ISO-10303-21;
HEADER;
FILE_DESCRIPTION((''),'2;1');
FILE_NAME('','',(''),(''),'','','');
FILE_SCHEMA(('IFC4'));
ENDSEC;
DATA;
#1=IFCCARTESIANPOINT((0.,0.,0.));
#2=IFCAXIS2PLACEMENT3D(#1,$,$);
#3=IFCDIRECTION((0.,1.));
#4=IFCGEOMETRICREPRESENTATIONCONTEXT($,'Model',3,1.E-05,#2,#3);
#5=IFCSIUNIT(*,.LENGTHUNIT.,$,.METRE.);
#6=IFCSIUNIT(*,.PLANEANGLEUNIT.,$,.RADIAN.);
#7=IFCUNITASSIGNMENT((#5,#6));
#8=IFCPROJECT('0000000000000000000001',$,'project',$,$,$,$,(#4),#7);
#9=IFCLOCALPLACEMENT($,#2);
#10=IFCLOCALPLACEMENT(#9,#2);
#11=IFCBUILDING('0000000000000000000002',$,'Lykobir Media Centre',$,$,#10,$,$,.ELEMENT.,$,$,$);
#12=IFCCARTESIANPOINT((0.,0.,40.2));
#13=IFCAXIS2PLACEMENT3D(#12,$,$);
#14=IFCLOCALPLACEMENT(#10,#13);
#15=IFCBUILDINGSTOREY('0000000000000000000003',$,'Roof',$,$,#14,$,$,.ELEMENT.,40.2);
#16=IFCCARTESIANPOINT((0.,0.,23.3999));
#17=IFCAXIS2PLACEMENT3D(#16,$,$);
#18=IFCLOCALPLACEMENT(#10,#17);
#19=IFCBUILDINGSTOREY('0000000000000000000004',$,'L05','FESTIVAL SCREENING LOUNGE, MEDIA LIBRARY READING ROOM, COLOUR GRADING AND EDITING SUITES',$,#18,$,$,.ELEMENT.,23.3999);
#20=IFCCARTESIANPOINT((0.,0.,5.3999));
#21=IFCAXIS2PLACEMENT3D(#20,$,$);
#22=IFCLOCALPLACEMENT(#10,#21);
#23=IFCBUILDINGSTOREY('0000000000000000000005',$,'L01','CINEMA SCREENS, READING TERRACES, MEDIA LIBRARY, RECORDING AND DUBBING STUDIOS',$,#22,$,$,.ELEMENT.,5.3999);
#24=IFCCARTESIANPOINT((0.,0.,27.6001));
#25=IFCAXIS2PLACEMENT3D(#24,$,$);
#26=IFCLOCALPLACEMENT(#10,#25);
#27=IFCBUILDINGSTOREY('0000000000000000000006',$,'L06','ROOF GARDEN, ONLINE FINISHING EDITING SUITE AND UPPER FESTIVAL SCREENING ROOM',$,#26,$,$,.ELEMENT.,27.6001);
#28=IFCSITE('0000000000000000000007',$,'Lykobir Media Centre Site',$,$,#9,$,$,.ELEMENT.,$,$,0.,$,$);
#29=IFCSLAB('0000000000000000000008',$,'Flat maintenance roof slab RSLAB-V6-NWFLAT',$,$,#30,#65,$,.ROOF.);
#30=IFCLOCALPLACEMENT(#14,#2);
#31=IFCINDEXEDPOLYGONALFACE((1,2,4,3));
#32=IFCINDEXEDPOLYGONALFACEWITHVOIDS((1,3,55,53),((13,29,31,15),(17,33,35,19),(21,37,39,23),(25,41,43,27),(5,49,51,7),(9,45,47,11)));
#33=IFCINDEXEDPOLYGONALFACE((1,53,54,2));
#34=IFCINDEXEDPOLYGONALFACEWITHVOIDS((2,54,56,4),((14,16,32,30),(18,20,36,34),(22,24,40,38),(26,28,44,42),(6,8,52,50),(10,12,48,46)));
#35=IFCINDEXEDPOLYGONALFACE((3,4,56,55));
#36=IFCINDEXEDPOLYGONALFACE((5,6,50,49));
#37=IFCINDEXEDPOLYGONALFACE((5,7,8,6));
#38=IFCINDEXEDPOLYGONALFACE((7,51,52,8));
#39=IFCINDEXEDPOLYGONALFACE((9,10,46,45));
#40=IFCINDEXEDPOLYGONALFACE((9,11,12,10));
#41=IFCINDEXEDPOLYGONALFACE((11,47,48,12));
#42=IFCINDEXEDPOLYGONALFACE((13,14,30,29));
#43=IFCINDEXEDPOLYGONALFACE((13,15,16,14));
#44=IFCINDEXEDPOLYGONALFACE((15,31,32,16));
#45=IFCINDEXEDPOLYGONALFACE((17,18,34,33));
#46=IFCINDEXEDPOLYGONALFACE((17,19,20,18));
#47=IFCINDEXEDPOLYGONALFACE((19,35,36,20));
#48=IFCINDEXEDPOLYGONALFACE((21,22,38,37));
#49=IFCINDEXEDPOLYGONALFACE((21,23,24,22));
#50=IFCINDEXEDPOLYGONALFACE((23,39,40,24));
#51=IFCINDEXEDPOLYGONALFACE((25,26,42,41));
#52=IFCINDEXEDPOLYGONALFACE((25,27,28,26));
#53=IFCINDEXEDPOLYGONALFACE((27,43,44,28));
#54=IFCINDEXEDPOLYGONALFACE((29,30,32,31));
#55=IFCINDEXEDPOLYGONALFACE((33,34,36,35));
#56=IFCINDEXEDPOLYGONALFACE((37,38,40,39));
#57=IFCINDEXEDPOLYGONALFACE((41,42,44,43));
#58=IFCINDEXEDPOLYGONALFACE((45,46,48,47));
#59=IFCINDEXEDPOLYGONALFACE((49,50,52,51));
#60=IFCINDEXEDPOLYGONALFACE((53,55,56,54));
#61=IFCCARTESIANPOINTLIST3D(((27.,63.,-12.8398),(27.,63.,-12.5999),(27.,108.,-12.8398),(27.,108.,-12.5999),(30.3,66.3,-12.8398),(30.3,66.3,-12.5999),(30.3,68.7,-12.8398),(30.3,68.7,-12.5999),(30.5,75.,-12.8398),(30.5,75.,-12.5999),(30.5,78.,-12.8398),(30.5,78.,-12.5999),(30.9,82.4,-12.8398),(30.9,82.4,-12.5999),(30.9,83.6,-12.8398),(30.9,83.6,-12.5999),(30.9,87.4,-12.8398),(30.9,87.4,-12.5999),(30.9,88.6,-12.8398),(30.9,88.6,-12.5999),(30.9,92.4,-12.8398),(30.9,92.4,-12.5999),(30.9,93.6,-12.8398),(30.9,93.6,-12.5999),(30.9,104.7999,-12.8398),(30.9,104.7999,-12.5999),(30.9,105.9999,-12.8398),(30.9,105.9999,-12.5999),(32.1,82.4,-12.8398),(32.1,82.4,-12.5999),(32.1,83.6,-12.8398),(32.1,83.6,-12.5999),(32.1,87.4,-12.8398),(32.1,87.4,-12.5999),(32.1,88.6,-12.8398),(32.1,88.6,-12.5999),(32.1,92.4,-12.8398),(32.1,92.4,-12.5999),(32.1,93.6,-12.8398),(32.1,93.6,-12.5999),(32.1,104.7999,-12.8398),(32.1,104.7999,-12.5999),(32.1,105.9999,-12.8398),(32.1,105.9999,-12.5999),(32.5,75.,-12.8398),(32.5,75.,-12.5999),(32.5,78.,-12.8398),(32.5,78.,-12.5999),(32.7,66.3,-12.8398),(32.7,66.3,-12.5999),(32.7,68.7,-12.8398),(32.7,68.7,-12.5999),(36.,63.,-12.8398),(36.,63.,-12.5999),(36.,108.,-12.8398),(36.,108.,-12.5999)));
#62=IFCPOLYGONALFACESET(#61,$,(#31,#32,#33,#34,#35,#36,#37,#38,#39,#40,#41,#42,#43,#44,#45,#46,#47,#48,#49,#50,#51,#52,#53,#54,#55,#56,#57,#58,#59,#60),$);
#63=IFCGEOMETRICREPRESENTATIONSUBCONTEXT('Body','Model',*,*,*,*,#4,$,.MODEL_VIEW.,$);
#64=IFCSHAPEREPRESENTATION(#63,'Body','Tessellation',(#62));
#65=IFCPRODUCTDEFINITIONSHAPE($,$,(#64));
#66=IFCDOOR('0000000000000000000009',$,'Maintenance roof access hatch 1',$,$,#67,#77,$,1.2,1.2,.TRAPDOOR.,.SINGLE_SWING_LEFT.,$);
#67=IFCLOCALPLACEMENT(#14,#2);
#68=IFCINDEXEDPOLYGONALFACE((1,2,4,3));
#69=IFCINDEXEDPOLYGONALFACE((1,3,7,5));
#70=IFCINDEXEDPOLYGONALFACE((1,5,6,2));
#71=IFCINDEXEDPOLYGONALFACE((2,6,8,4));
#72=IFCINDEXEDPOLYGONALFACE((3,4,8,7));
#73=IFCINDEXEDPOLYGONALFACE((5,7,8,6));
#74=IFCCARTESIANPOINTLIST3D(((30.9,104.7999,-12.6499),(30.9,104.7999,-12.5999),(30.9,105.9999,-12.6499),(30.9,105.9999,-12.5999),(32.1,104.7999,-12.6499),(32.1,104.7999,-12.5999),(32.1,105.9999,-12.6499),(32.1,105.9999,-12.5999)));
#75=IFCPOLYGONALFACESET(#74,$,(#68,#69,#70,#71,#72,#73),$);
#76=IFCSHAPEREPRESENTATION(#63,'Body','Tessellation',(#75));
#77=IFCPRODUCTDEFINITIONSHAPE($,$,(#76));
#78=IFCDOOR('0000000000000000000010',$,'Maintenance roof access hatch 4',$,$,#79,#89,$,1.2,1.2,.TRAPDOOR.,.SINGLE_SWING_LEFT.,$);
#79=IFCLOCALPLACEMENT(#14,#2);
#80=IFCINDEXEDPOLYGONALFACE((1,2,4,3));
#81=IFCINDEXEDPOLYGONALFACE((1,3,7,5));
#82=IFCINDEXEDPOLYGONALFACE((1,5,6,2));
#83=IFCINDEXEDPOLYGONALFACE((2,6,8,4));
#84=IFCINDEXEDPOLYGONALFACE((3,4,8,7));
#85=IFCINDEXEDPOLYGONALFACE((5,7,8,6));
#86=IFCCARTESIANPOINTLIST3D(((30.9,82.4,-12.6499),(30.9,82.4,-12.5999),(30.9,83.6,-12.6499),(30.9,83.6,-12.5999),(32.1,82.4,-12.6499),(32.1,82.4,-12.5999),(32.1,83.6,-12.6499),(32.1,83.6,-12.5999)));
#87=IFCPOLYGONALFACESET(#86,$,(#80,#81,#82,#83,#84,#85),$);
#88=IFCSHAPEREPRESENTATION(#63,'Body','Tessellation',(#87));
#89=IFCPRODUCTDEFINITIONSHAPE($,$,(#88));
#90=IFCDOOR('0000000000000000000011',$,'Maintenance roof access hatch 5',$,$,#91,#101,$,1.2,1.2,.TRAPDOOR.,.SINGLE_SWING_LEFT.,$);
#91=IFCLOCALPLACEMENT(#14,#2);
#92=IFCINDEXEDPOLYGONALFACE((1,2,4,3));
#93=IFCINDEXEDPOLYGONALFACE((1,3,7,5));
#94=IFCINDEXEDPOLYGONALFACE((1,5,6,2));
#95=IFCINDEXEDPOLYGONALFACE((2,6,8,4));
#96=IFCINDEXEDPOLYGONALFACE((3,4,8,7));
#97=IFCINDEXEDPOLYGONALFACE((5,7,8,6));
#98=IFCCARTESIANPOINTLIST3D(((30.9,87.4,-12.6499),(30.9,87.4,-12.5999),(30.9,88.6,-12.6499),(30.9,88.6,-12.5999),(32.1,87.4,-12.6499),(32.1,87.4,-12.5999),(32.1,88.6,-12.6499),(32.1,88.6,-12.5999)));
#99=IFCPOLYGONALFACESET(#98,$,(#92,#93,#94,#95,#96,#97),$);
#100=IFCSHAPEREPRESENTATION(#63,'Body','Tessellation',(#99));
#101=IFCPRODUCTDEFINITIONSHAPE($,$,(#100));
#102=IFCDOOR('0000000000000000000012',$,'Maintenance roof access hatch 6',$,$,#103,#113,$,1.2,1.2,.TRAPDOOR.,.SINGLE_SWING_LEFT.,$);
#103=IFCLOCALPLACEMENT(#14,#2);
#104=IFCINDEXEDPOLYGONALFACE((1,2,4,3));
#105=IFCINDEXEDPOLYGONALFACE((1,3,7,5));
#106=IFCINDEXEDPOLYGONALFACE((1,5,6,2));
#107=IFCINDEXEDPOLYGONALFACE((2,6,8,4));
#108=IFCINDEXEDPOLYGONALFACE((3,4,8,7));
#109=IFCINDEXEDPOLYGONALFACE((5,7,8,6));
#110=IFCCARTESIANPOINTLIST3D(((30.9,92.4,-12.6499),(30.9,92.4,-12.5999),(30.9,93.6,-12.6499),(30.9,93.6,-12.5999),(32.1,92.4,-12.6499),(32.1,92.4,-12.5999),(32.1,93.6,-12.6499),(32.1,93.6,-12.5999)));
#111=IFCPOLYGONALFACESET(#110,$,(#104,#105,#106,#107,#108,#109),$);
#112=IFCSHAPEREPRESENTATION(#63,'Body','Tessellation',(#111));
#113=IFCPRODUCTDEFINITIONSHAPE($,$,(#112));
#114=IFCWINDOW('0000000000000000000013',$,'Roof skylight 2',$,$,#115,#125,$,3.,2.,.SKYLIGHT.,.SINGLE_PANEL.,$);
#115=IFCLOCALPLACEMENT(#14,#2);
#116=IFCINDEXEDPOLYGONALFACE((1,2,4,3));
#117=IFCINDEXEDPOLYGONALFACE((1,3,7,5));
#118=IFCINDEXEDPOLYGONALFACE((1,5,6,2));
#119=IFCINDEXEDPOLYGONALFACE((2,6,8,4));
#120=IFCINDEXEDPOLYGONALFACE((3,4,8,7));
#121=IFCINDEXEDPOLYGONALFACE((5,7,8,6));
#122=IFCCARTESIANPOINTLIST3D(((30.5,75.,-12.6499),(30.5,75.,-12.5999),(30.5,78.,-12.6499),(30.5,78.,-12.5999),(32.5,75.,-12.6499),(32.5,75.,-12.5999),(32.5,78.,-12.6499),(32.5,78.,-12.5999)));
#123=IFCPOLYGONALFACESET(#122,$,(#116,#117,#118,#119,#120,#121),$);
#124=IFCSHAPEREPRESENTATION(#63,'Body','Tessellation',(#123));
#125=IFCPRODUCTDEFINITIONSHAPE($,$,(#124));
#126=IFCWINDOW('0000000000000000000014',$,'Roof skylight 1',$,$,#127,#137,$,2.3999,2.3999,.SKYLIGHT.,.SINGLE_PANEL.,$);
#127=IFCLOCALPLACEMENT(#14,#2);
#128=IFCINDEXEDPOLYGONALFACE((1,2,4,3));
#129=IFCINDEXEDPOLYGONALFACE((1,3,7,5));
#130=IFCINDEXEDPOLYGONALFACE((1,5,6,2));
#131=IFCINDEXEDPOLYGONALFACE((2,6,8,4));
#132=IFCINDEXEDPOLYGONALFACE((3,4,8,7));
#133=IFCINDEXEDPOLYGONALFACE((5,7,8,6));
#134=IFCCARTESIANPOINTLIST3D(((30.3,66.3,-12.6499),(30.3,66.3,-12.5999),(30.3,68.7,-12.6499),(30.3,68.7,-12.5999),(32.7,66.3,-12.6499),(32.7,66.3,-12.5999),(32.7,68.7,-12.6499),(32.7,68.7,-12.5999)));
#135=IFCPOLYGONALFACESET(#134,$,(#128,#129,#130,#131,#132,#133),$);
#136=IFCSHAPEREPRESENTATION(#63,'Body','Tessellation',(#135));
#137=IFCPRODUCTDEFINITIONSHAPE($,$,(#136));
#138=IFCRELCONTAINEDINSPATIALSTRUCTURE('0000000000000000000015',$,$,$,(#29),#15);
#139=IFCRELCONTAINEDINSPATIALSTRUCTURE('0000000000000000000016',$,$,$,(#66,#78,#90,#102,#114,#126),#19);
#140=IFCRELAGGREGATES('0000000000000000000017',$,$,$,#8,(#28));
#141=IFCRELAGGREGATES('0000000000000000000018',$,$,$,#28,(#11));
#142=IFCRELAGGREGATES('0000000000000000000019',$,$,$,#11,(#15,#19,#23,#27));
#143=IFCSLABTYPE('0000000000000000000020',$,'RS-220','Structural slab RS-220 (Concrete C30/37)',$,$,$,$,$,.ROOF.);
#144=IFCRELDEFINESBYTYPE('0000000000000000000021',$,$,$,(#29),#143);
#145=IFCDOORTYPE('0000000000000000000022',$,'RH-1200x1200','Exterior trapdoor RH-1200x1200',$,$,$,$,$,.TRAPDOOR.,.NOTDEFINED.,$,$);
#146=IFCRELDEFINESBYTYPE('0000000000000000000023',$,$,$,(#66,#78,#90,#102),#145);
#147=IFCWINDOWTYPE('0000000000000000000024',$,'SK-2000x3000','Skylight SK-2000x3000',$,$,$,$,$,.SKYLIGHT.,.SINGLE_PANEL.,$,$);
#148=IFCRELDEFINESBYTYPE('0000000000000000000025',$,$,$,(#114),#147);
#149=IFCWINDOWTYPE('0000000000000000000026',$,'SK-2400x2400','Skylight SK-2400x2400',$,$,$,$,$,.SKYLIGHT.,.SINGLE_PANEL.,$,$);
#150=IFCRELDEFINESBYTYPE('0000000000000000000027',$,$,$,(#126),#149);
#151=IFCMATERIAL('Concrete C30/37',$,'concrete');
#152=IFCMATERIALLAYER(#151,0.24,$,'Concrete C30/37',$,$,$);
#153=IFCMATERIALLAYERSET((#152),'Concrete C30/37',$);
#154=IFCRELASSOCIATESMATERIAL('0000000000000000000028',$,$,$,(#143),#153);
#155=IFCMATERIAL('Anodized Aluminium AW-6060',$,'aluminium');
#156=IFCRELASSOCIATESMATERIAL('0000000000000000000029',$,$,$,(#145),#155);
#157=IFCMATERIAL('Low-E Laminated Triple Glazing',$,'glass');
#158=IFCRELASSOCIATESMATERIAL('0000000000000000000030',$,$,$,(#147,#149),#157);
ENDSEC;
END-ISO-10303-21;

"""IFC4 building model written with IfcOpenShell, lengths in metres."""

from ifc_helpers import new_model, si_unit, direction, frame, origin, origin_2d, place, context, subcontext, project, spatial, polyline, rectangle, outline, extrude, material, layer, layer_set, type_object, element, fill, save


model = new_model("IFC4")

# Units and contexts
model_context = context("Model", 3, precision=1e-05, world=origin(), true_north=direction((0.0, 1.0)))
body_context = subcontext(model_context, "Body", "Model", "MODEL_VIEW")
ifc_project = project(units=[si_unit("LENGTHUNIT", "METRE"), si_unit("PLANEANGLEUNIT", "RADIAN")], contexts=[model_context])

# Site, building, storey
site_placement = place(None, origin())
site = spatial("IfcSite", under=ifc_project, at=site_placement, Name="Lykobir Media Centre Site", CompositionType="ELEMENT", RefElevation=0.0)
building_placement = place(site_placement, origin())
building = spatial("IfcBuilding", under=site, at=building_placement, Name="Lykobir Media Centre", CompositionType="ELEMENT")
storey_1_placement = place(building_placement, frame((0.0, 0.0, 40.2)))
storey_1 = spatial("IfcBuildingStorey", under=building, at=storey_1_placement, Name="Roof", CompositionType="ELEMENT", Elevation=40.2)

# Shared definitions
ifc_material_1 = material(Name="Concrete C30/37", Category="concrete")

# Slab, openings
ifc_layer_1 = layer(ifc_material_1, 0.24, Name="Concrete C30/37")
ifc_layer_set_1 = layer_set([ifc_layer_1], Name="Concrete C30/37")
slab_type_1 = type_object("IfcSlabType", Name="RS-220", Description="Structural slab RS-220 (Concrete C30/37)", PredefinedType="ROOF", material=ifc_layer_set_1)
slab_1_placement = place(storey_1_placement, frame((0.0, 0.0, -12.8398)))
slab_1 = element("IfcSlab", 1, at=slab_1_placement, inside=storey_1, type_object=slab_type_1, Name="Flat maintenance roof slab RSLAB-V6-NWFLAT", PredefinedType="ROOF", context=body_context, shape_type="SweptSolid", body=[
    extrude(outline(polyline([(27.0, 63.0), (36.0, 63.0), (36.0, 108.0), (27.0, 108.0), (27.0, 63.0)])), origin(), (0.0, 0.0, 1.0), 0.24),
])
opening_1_placement = place(slab_1_placement, frame((31.5, 67.5, 0.0)))
opening_1 = element("IfcOpeningElement", 2, at=opening_1_placement, cuts=slab_1, PredefinedType="OPENING", context=body_context, shape_type="SweptSolid", body=[
    extrude(rectangle(XDim=2.3999, YDim=2.3999, at=origin_2d()), origin(), (0.0, 0.0, 1.0), 0.24),
])
opening_2_placement = place(slab_1_placement, frame((31.5, 76.5, 0.0)))
opening_2 = element("IfcOpeningElement", 3, at=opening_2_placement, cuts=slab_1, PredefinedType="OPENING", context=body_context, shape_type="SweptSolid", body=[
    extrude(rectangle(XDim=2.0, YDim=3.0, at=origin_2d()), origin(), (0.0, 0.0, 1.0), 0.24),
])
opening_3_placement = place(slab_1_placement, frame((31.5, 105.3999, 0.0)))
opening_3 = element("IfcOpeningElement", 4, at=opening_3_placement, cuts=slab_1, PredefinedType="OPENING", context=body_context, shape_type="SweptSolid", body=[
    extrude(rectangle(XDim=1.2, YDim=1.2, at=origin_2d()), origin(), (0.0, 0.0, 1.0), 0.24),
])
opening_4_placement = place(slab_1_placement, frame((31.5, 83.0, 0.0)))
opening_4 = element("IfcOpeningElement", 5, at=opening_4_placement, cuts=slab_1, PredefinedType="OPENING", context=body_context, shape_type="SweptSolid", body=[
    extrude(rectangle(XDim=1.2, YDim=1.2, at=origin_2d()), origin(), (0.0, 0.0, 1.0), 0.24),
])
opening_5_placement = place(slab_1_placement, frame((31.5, 88.0, 0.0)))
opening_5 = element("IfcOpeningElement", 6, at=opening_5_placement, cuts=slab_1, PredefinedType="OPENING", context=body_context, shape_type="SweptSolid", body=[
    extrude(rectangle(XDim=1.2, YDim=1.2, at=origin_2d()), origin(), (0.0, 0.0, 1.0), 0.24),
])
opening_6_placement = place(slab_1_placement, frame((31.5, 93.0, 0.0)))
opening_6 = element("IfcOpeningElement", 7, at=opening_6_placement, cuts=slab_1, PredefinedType="OPENING", context=body_context, shape_type="SweptSolid", body=[
    extrude(rectangle(XDim=1.2, YDim=1.2, at=origin_2d()), origin(), (0.0, 0.0, 1.0), 0.24),
])

# Shared definitions
storey_2_placement = place(building_placement, frame((0.0, 0.0, 23.3999)))
storey_2 = spatial("IfcBuildingStorey", under=building, at=storey_2_placement, Name="L05", Description="FESTIVAL SCREENING LOUNGE, MEDIA LIBRARY READING ROOM, COLOUR GRADING AND EDITING SUITES", CompositionType="ELEMENT", Elevation=23.3999)

# Doors
ifc_material_2 = material(Name="Anodized Aluminium AW-6060", Category="aluminium")
door_type_1 = type_object("IfcDoorType", Name="RH-1200x1200", Description="Exterior trapdoor RH-1200x1200", OperationType="NOTDEFINED", PredefinedType="TRAPDOOR", material=ifc_material_2)
door_1_placement = place(opening_3_placement, frame((0.0, 0.0, 0.1899)))
door_1 = element("IfcDoor", 8, at=door_1_placement, inside=storey_2, type_object=door_type_1, Name="Maintenance roof access hatch 1", OperationType="SINGLE_SWING_LEFT", OverallHeight=1.2, OverallWidth=1.2, PredefinedType="TRAPDOOR", context=body_context, shape_type="SweptSolid", body=[
    extrude(rectangle(XDim=1.2, YDim=1.2, at=origin_2d()), origin(), (0.0, 0.0, 1.0), 0.05),
])
fill(opening_3, door_1)
door_2_placement = place(opening_4_placement, frame((0.0, 0.0, 0.1899)))
door_2 = element("IfcDoor", 9, at=door_2_placement, inside=storey_2, type_object=door_type_1, Name="Maintenance roof access hatch 4", OperationType="SINGLE_SWING_LEFT", OverallHeight=1.2, OverallWidth=1.2, PredefinedType="TRAPDOOR", context=body_context, shape_type="SweptSolid", body=[
    extrude(rectangle(XDim=1.2, YDim=1.2, at=origin_2d()), origin(), (0.0, 0.0, 1.0), 0.05),
])
fill(opening_4, door_2)
door_3_placement = place(opening_5_placement, frame((0.0, 0.0, 0.1899)))
door_3 = element("IfcDoor", 10, at=door_3_placement, inside=storey_2, type_object=door_type_1, Name="Maintenance roof access hatch 5", OperationType="SINGLE_SWING_LEFT", OverallHeight=1.2, OverallWidth=1.2, PredefinedType="TRAPDOOR", context=body_context, shape_type="SweptSolid", body=[
    extrude(rectangle(XDim=1.2, YDim=1.2, at=origin_2d()), origin(), (0.0, 0.0, 1.0), 0.05),
])
fill(opening_5, door_3)
door_4_placement = place(opening_6_placement, frame((0.0, 0.0, 0.1899)))
door_4 = element("IfcDoor", 11, at=door_4_placement, inside=storey_2, type_object=door_type_1, Name="Maintenance roof access hatch 6", OperationType="SINGLE_SWING_LEFT", OverallHeight=1.2, OverallWidth=1.2, PredefinedType="TRAPDOOR", context=body_context, shape_type="SweptSolid", body=[
    extrude(rectangle(XDim=1.2, YDim=1.2, at=origin_2d()), origin(), (0.0, 0.0, 1.0), 0.05),
])
fill(opening_6, door_4)

# Windows
ifc_material_3 = material(Name="Low-E Laminated Triple Glazing", Category="glass")
window_type_1 = type_object("IfcWindowType", Name="SK-2000x3000", Description="Skylight SK-2000x3000", PartitioningType="SINGLE_PANEL", PredefinedType="SKYLIGHT", material=ifc_material_3)
window_1_placement = place(opening_2_placement, frame((0.0, 0.0, 0.1899)))
window_1 = element("IfcWindow", 12, at=window_1_placement, inside=storey_2, type_object=window_type_1, Name="Roof skylight 2", OverallHeight=3.0, OverallWidth=2.0, PartitioningType="SINGLE_PANEL", PredefinedType="SKYLIGHT", context=body_context, shape_type="SweptSolid", body=[
    extrude(rectangle(XDim=2.0, YDim=3.0, at=origin_2d()), origin(), (0.0, 0.0, 1.0), 0.05),
])
fill(opening_2, window_1)
window_type_2 = type_object("IfcWindowType", Name="SK-2400x2400", Description="Skylight SK-2400x2400", PartitioningType="SINGLE_PANEL", PredefinedType="SKYLIGHT", material=ifc_material_3)
window_2_placement = place(opening_1_placement, frame((0.0, 0.0, 0.1899)))
window_2 = element("IfcWindow", 13, at=window_2_placement, inside=storey_2, type_object=window_type_2, Name="Roof skylight 1", OverallHeight=2.3999, OverallWidth=2.3999, PartitioningType="SINGLE_PANEL", PredefinedType="SKYLIGHT", context=body_context, shape_type="SweptSolid", body=[
    extrude(rectangle(XDim=2.3999, YDim=2.3999, at=origin_2d()), origin(), (0.0, 0.0, 1.0), 0.05),
])
fill(opening_1, window_2)

# Shared definitions
storey_3_placement = place(building_placement, frame((0.0, 0.0, 5.3999)))
storey_3 = spatial("IfcBuildingStorey", under=building, at=storey_3_placement, Name="L01", Description="CINEMA SCREENS, READING TERRACES, MEDIA LIBRARY, RECORDING AND DUBBING STUDIOS", CompositionType="ELEMENT", Elevation=5.3999)

# Shared definitions
storey_4_placement = place(building_placement, frame((0.0, 0.0, 27.6001)))
storey_4 = spatial("IfcBuildingStorey", under=building, at=storey_4_placement, Name="L06", Description="ROOF GARDEN, ONLINE FINISHING EDITING SUITE AND UPPER FESTIVAL SCREENING ROOM", CompositionType="ELEMENT", Elevation=27.6001)

save(model, "model.ifc")
